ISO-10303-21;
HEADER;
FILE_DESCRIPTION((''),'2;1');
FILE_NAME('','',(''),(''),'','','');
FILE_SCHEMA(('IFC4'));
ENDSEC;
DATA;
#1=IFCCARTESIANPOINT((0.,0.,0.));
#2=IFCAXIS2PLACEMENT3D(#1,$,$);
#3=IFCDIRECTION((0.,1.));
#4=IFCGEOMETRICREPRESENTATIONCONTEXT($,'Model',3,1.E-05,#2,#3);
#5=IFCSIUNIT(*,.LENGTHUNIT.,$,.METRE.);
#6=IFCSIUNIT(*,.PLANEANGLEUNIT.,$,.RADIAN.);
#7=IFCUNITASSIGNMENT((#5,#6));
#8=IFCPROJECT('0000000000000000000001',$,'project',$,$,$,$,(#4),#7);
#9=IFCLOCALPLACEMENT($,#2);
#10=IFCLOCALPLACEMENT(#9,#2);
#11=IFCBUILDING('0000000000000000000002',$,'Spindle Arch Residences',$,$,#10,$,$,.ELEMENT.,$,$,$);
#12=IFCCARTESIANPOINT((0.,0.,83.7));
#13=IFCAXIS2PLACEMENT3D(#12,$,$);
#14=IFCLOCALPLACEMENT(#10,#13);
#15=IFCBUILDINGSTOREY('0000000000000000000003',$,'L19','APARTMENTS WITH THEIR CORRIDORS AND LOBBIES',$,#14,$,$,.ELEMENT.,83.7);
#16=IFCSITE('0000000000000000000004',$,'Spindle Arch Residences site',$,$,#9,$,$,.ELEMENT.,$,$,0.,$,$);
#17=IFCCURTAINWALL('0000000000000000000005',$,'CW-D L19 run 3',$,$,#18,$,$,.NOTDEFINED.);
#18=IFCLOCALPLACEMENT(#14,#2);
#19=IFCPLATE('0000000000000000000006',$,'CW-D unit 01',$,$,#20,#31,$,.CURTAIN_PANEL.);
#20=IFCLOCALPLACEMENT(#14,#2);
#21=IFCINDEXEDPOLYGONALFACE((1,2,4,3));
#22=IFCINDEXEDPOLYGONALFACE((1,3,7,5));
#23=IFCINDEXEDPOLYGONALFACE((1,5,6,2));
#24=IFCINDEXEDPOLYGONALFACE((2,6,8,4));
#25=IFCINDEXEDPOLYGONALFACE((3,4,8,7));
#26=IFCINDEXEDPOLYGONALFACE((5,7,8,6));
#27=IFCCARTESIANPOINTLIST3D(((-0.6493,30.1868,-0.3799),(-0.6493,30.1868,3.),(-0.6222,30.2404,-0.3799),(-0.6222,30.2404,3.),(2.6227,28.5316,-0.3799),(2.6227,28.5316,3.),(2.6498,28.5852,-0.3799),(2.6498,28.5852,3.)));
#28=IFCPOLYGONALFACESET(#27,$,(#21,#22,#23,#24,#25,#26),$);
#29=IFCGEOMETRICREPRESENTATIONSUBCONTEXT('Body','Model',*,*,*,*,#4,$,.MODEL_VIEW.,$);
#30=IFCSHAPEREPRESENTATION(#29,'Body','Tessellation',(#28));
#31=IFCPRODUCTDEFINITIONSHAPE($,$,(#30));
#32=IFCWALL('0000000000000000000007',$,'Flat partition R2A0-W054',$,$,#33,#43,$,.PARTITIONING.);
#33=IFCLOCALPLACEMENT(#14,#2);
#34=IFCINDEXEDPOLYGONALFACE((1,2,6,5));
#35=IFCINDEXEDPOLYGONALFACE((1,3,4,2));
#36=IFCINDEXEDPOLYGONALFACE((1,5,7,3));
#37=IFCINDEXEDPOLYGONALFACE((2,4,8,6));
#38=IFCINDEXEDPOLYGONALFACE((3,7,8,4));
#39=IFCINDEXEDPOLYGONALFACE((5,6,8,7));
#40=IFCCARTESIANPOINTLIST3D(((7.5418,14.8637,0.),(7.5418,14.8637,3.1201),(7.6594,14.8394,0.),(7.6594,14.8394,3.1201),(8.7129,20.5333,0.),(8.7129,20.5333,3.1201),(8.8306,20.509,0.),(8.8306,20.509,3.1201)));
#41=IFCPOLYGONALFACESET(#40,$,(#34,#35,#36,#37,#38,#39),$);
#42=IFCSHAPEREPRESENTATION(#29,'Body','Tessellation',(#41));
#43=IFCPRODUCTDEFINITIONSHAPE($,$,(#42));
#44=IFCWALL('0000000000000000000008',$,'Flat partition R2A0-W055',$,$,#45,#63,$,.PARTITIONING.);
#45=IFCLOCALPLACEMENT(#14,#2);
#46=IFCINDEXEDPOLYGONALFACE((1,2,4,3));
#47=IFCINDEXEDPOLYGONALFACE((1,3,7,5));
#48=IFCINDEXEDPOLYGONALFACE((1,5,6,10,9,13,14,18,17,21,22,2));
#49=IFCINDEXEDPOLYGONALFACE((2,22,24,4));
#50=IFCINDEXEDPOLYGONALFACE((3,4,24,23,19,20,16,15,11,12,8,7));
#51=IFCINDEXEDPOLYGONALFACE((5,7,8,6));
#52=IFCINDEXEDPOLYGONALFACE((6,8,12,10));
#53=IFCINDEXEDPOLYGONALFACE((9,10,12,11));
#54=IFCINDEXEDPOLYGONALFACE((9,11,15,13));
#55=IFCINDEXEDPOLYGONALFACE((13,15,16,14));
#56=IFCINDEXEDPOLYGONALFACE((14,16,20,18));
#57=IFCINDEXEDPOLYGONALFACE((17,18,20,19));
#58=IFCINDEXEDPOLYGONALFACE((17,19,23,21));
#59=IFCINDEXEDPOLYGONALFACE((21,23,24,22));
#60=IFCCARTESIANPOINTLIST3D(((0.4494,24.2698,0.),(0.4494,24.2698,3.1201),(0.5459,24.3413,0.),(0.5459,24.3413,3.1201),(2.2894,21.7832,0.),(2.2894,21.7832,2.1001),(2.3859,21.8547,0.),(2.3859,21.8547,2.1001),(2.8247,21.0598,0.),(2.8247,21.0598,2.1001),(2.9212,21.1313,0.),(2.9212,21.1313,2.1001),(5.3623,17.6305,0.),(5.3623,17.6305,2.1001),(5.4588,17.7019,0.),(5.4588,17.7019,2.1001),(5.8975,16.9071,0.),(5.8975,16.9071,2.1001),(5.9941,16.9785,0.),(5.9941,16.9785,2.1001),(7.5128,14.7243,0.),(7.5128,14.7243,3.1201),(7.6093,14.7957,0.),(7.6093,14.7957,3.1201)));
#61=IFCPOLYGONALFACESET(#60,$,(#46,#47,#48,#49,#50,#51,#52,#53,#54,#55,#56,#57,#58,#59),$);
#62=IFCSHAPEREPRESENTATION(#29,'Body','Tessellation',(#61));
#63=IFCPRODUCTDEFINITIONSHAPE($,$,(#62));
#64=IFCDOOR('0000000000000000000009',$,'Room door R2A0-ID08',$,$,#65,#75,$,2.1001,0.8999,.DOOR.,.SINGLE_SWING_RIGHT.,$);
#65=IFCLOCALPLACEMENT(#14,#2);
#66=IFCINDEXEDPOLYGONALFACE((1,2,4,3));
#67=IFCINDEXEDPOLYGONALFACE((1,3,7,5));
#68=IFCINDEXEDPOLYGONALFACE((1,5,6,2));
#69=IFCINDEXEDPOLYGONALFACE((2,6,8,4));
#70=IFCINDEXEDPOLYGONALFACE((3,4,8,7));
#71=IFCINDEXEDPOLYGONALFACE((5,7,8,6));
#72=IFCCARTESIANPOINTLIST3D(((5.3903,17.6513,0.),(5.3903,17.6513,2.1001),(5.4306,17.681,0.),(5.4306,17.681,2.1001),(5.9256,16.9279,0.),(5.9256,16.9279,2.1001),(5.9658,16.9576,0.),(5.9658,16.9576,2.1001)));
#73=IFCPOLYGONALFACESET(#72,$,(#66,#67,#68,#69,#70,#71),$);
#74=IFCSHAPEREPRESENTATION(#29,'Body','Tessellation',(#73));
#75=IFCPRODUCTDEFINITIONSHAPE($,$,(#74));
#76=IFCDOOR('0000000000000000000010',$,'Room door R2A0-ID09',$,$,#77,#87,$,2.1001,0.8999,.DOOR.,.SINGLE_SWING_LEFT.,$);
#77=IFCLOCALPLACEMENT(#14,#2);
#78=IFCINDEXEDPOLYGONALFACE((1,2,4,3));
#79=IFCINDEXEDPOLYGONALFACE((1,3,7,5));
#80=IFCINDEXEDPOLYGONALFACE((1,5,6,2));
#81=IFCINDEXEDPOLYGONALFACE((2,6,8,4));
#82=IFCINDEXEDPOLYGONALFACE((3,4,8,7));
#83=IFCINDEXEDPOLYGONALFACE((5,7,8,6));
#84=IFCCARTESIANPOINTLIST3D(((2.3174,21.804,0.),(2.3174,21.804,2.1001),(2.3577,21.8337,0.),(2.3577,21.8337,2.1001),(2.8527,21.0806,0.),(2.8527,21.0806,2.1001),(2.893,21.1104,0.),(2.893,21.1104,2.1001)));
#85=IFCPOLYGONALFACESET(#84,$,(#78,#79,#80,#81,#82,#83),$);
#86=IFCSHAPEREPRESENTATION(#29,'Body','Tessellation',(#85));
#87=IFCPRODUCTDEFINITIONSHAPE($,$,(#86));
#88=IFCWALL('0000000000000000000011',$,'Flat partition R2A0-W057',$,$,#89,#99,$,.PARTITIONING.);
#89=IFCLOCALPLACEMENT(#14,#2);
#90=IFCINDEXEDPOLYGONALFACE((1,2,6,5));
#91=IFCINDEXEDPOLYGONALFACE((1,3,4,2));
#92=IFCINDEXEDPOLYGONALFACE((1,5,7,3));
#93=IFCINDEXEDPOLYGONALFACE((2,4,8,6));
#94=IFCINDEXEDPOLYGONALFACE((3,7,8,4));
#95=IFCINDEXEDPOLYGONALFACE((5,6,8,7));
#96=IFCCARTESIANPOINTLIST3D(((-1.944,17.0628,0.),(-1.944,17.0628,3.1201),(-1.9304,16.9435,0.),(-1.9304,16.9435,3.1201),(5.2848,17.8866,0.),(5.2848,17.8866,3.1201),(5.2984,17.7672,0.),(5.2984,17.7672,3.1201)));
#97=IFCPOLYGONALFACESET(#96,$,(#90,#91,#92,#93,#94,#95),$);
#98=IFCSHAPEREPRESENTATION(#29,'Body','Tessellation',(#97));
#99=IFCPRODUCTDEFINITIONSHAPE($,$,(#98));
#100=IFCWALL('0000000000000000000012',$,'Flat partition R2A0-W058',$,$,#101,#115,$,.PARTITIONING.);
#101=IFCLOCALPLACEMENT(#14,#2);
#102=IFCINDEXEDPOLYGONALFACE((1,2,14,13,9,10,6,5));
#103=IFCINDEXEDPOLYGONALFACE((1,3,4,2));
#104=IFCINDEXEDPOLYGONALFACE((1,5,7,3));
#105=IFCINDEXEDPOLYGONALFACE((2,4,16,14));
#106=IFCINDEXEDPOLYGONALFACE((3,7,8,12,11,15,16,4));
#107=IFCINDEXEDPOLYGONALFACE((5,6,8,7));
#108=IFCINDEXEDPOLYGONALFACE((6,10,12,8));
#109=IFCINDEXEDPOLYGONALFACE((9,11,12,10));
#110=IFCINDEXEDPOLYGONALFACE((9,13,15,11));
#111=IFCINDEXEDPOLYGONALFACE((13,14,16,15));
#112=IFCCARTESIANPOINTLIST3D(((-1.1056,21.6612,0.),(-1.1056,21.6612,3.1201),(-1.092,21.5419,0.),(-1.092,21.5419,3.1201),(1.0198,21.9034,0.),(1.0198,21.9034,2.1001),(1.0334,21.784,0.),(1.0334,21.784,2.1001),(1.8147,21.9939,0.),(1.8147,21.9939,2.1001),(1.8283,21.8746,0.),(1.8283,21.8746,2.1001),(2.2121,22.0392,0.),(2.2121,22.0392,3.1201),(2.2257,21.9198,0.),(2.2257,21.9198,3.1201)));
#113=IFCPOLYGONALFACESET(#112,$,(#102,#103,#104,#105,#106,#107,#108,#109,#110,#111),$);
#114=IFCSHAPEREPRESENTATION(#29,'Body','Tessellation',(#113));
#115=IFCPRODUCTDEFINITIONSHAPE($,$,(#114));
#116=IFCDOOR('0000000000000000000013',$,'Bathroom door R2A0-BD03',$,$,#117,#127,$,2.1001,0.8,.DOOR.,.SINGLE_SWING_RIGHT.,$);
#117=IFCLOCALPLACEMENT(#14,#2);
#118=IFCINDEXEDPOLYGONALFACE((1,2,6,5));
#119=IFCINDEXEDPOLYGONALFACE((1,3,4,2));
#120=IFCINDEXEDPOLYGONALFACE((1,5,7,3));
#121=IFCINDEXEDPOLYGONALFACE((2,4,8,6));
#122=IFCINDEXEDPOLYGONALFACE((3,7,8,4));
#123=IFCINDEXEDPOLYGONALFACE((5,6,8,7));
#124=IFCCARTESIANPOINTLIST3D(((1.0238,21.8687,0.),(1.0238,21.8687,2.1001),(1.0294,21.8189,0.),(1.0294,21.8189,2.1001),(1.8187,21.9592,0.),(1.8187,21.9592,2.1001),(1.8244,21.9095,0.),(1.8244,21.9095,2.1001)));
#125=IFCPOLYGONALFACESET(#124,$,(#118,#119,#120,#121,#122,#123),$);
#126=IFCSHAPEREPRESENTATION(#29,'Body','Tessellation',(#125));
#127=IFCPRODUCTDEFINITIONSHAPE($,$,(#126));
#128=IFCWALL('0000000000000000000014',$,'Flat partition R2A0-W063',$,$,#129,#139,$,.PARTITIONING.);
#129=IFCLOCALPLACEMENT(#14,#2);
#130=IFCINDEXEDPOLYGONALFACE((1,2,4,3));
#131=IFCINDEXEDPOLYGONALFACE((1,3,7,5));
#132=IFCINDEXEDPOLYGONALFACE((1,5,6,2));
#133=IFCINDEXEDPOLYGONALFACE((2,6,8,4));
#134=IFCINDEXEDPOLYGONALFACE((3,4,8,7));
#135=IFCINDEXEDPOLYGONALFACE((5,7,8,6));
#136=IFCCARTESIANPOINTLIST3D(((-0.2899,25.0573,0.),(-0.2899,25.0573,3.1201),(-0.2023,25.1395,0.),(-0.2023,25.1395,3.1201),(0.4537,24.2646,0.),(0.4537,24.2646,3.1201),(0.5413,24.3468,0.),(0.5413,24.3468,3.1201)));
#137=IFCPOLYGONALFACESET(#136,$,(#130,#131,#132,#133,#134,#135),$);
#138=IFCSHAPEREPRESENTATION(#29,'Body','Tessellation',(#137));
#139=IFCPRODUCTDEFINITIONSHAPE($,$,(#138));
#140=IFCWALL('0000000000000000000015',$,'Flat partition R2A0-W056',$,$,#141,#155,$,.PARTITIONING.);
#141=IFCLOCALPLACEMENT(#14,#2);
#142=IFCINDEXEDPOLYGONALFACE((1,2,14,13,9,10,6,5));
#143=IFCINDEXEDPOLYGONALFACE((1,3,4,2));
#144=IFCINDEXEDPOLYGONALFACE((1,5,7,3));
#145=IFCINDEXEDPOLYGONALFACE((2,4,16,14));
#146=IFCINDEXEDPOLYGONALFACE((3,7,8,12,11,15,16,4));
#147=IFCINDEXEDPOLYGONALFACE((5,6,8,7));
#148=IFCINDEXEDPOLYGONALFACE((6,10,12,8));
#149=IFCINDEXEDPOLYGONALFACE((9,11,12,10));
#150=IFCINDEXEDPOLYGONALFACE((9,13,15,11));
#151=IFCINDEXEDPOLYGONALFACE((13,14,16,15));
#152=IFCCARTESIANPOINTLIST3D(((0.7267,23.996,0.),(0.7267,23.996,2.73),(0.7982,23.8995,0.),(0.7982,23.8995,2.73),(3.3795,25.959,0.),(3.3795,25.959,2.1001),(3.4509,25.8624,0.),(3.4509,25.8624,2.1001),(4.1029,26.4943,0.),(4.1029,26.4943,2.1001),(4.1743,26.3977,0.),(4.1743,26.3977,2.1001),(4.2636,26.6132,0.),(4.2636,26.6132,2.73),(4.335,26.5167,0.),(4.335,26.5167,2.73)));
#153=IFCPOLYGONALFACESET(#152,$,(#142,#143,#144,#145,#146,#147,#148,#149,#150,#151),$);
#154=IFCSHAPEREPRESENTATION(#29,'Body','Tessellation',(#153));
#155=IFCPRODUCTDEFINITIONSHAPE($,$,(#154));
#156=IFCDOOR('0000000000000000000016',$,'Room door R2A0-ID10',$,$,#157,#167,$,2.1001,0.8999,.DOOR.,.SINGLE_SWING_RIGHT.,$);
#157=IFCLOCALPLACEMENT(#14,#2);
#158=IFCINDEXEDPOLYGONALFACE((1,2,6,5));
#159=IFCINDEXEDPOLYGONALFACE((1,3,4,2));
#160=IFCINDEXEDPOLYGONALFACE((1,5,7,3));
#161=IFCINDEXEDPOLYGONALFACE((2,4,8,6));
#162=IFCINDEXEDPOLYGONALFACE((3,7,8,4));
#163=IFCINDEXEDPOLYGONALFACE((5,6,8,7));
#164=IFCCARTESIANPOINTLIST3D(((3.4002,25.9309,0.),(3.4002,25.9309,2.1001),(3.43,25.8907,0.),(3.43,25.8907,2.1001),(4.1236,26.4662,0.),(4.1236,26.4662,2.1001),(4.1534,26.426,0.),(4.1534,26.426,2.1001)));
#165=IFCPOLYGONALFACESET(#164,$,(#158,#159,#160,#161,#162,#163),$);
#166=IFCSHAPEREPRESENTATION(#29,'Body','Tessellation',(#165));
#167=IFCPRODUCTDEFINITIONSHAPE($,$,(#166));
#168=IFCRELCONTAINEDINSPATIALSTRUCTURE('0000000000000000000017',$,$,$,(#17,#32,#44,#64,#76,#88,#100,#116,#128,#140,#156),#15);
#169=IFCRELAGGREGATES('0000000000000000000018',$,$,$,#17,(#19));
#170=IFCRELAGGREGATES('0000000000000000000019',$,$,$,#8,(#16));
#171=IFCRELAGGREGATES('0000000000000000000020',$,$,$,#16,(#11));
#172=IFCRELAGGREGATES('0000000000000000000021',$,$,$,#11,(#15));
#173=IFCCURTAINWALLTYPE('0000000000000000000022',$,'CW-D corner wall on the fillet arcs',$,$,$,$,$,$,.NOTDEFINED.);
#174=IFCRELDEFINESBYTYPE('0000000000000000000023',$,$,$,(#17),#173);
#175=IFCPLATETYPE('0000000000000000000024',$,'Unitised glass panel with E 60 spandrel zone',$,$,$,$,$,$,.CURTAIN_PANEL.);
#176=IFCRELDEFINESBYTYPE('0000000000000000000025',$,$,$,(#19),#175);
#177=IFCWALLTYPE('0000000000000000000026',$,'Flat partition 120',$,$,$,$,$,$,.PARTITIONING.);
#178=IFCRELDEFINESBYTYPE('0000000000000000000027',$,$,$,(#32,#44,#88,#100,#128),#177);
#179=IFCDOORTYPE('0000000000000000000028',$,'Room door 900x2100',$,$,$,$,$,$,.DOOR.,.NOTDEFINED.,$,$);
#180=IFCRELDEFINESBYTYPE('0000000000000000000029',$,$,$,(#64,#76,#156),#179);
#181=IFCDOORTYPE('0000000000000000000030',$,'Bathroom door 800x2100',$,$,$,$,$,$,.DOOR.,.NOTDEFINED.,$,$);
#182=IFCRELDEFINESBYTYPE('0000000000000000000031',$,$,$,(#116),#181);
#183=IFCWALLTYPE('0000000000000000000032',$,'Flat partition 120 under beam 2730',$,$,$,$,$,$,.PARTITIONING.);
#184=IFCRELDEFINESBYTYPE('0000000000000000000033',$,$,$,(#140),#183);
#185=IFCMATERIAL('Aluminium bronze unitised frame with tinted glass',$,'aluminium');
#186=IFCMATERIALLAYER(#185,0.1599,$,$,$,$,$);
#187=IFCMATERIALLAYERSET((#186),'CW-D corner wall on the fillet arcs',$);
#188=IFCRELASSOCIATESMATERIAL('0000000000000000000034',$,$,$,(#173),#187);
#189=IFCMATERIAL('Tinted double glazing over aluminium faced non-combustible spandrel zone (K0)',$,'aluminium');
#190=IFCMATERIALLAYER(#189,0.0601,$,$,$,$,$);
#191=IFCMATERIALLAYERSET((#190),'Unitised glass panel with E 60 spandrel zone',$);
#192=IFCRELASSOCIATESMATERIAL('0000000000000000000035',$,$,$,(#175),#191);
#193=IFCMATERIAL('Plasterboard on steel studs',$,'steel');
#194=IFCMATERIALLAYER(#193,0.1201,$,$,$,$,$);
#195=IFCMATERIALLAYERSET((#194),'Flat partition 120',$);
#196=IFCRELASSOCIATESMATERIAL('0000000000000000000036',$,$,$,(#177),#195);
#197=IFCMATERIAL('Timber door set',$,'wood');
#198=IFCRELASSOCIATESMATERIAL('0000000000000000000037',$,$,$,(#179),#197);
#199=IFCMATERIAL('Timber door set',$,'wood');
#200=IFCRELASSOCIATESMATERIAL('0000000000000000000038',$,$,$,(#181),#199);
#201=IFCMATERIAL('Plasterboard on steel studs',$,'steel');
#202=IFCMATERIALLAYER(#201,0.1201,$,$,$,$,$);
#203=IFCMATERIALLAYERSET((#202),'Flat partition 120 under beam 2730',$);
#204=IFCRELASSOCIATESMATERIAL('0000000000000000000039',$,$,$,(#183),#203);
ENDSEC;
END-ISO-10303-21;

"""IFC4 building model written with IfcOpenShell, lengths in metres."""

from ifc_helpers import new_model, si_unit, direction, frame, frame_2d, origin, origin_2d, place, context, subcontext, project, spatial, rectangle, extrude, material, layer, layer_set, type_object, element, fill, aggregate, save


model = new_model("IFC4")

# Units and contexts
model_context = context("Model", 3, precision=1e-05, world=origin(), true_north=direction((0.0, 1.0)))
body_context = subcontext(model_context, "Body", "Model", "MODEL_VIEW")
ifc_project = project(units=[si_unit("LENGTHUNIT", "METRE"), si_unit("PLANEANGLEUNIT", "RADIAN")], contexts=[model_context])

# Site, building, storey
site_placement = place(None, origin())
site = spatial("IfcSite", under=ifc_project, at=site_placement, Name="Spindle Arch Residences site", CompositionType="ELEMENT", RefElevation=0.0)
building_placement = place(site_placement, origin())
building = spatial("IfcBuilding", under=site, at=building_placement, Name="Spindle Arch Residences", CompositionType="ELEMENT")
storey_placement = place(building_placement, frame((0.0, 0.0, 83.7)))
storey = spatial("IfcBuildingStorey", under=building, at=storey_placement, Name="L19", Description="APARTMENTS WITH THEIR CORRIDORS AND LOBBIES", CompositionType="ELEMENT", Elevation=83.7)

# Curtain wall
ifc_material_1 = material(Name="Aluminium bronze unitised frame with tinted glass", Category="aluminium")
ifc_layer_1 = layer(ifc_material_1, 0.1599)
ifc_layer_set_1 = layer_set([ifc_layer_1], Name="CW-D corner wall on the fillet arcs")
curtain_wall_type_1 = type_object("IfcCurtainWallType", Name="CW-D corner wall on the fillet arcs", PredefinedType="NOTDEFINED", material=ifc_layer_set_1)
curtain_wall_1_placement = place(storey_placement, origin())
curtain_wall_1 = element("IfcCurtainWall", 1, at=curtain_wall_1_placement, inside=storey, type_object=curtain_wall_type_1, Name="CW-D L19 run 3", PredefinedType="NOTDEFINED")

# Plate
ifc_material_2 = material(Name="Tinted double glazing over aluminium faced non-combustible spandrel zone (K0)", Category="aluminium")
ifc_layer_2 = layer(ifc_material_2, 0.0601)
ifc_layer_set_2 = layer_set([ifc_layer_2], Name="Unitised glass panel with E 60 spandrel zone")
plate_type = type_object("IfcPlateType", Name="Unitised glass panel with E 60 spandrel zone", PredefinedType="CURTAIN_PANEL", material=ifc_layer_set_2)
plate_1_placement = place(storey_placement, frame((1.0002, 29.386, -0.3799), z_axis=(0.0, 0.0, 1.0), x_axis=(-0.892323, 0.451397, 0.0)))
plate_1 = element("IfcPlate", 2, at=plate_1_placement, type_object=plate_type, Name="CW-D unit 01", PredefinedType="CURTAIN_PANEL", context=body_context, shape_type="SweptSolid", body=[
    extrude(rectangle(XDim=3.6667, YDim=0.0601, at=origin_2d()), origin(), (0.0, 0.0, 1.0), 3.3799),
])
aggregate(curtain_wall_1, [plate_1])

# Wall
ifc_material_3 = material(Name="Plasterboard on steel studs", Category="steel")
ifc_layer_3 = layer(ifc_material_3, 0.1201)
ifc_layer_set_3 = layer_set([ifc_layer_3], Name="Flat partition 120")
wall_type_1 = type_object("IfcWallType", Name="Flat partition 120", PredefinedType="PARTITIONING", material=ifc_layer_set_3)
wall_1_placement = place(storey_placement, frame((8.7717, 20.521, 0.0), z_axis=(0.0, 0.0, 1.0), x_axis=(-0.202292, -0.979325, 0.0)))
element("IfcWall", 3, at=wall_1_placement, inside=storey, type_object=wall_type_1, Name="Flat partition R2A0-W054", PredefinedType="PARTITIONING", context=body_context, shape_type="SweptSolid", body=[
    extrude(rectangle(XDim=5.7893, YDim=0.1201, at=frame_2d((2.8945, 0.0))), origin(), (0.0, 0.0, 1.0), 3.1201),
])

# Wall, openings, doors
wall_2_placement = place(storey_placement, frame((0.4976, 24.3057, 0.0), z_axis=(0.0, 0.0, 1.0), x_axis=(0.594826, -0.803854, 0.0)))
wall_2 = element("IfcWall", 4, at=wall_2_placement, inside=storey, type_object=wall_type_1, Name="Flat partition R2A0-W055", PredefinedType="PARTITIONING", context=body_context, shape_type="SweptSolid", body=[
    extrude(rectangle(XDim=11.8748, YDim=0.1201, at=frame_2d((5.9375, 0.0))), origin(), (0.0, 0.0, 1.0), 3.1201),
])
opening_1_placement = place(wall_2_placement, frame((8.2595, 0.0, 0.0)))
opening_1 = element("IfcOpeningElement", 5, at=opening_1_placement, cuts=wall_2, PredefinedType="OPENING", context=body_context, shape_type="SweptSolid", body=[
    extrude(rectangle(XDim=0.8999, YDim=2.1001, at=frame_2d((0.45, 1.05))), frame((0.0, 0.0701, 0.0), z_axis=(0.0, -1.0, 0.0), x_axis=(1.0, 0.0, 0.0)), (0.0, 0.0, 1.0), 0.1401),
])
opening_2_placement = place(wall_2_placement, frame((3.0935, 0.0, 0.0)))
opening_2 = element("IfcOpeningElement", 6, at=opening_2_placement, cuts=wall_2, PredefinedType="OPENING", context=body_context, shape_type="SweptSolid", body=[
    extrude(rectangle(XDim=0.8999, YDim=2.1001, at=frame_2d((0.45, 1.05))), frame((0.0, 0.0701, 0.0), z_axis=(0.0, -1.0, 0.0), x_axis=(1.0, 0.0, 0.0)), (0.0, 0.0, 1.0), 0.1401),
])
ifc_material_4 = material(Name="Timber door set", Category="wood")
door_type_1 = type_object("IfcDoorType", Name="Room door 900x2100", OperationType="NOTDEFINED", PredefinedType="DOOR", material=ifc_material_4)
door_1_placement = place(opening_1_placement, origin())
door_1 = element("IfcDoor", 7, at=door_1_placement, inside=storey, type_object=door_type_1, Name="Room door R2A0-ID08", OperationType="SINGLE_SWING_RIGHT", OverallHeight=2.1001, OverallWidth=0.8999, PredefinedType="DOOR", context=body_context, shape_type="SweptSolid", body=[
    extrude(rectangle(XDim=0.8999, YDim=2.1001, at=frame_2d((0.45, 1.05))), frame((0.0, 0.0249, 0.0), z_axis=(0.0, -1.0, 0.0), x_axis=(1.0, 0.0, 0.0)), (0.0, 0.0, 1.0), 0.05),
])
fill(opening_1, door_1)
door_2_placement = place(opening_2_placement, origin())
door_2 = element("IfcDoor", 8, at=door_2_placement, inside=storey, type_object=door_type_1, Name="Room door R2A0-ID09", OperationType="SINGLE_SWING_LEFT", OverallHeight=2.1001, OverallWidth=0.8999, PredefinedType="DOOR", context=body_context, shape_type="SweptSolid", body=[
    extrude(rectangle(XDim=0.8999, YDim=2.1001, at=frame_2d((0.45, 1.05))), frame((0.0, 0.0249, 0.0), z_axis=(0.0, -1.0, 0.0), x_axis=(1.0, 0.0, 0.0)), (0.0, 0.0, 1.0), 0.05),
])
fill(opening_2, door_2)

# Wall
wall_3_placement = place(storey_placement, frame((5.2915, 17.8269, 0.0), z_axis=(0.0, 0.0, 1.0), x_axis=(-0.99357, -0.113219, 0.0)))
element("IfcWall", 9, at=wall_3_placement, inside=storey, type_object=wall_type_1, Name="Flat partition R2A0-W057", PredefinedType="PARTITIONING", context=body_context, shape_type="SweptSolid", body=[
    extrude(rectangle(XDim=7.2756, YDim=0.1201, at=frame_2d((3.6377, 0.0))), origin(), (0.0, 0.0, 1.0), 3.1201),
])

# Wall, opening, door
wall_4_placement = place(storey_placement, frame((2.2188, 21.9795, 0.0), z_axis=(0.0, 0.0, 1.0), x_axis=(-0.993574, -0.113184, 0.0)))
wall_4 = element("IfcWall", 10, at=wall_4_placement, inside=storey, type_object=wall_type_1, Name="Flat partition R2A0-W058", PredefinedType="PARTITIONING", context=body_context, shape_type="SweptSolid", body=[
    extrude(rectangle(XDim=3.3391, YDim=0.1201, at=frame_2d((1.6694, 0.0))), origin(), (0.0, 0.0, 1.0), 3.1201),
])
opening_3_placement = place(wall_4_placement, frame((0.3999, 0.0, 0.0)))
opening_3 = element("IfcOpeningElement", 11, at=opening_3_placement, cuts=wall_4, PredefinedType="OPENING", context=body_context, shape_type="SweptSolid", body=[
    extrude(rectangle(XDim=0.8, YDim=2.1001, at=frame_2d((0.3999, 1.05))), frame((0.0, 0.0701, 0.0), z_axis=(0.0, -1.0, 0.0), x_axis=(1.0, 0.0, 0.0)), (0.0, 0.0, 1.0), 0.1401),
])
ifc_material_5 = material(Name="Timber door set", Category="wood")
door_type_2 = type_object("IfcDoorType", Name="Bathroom door 800x2100", OperationType="NOTDEFINED", PredefinedType="DOOR", material=ifc_material_5)
door_3_placement = place(opening_3_placement, origin())
door_3 = element("IfcDoor", 12, at=door_3_placement, inside=storey, type_object=door_type_2, Name="Bathroom door R2A0-BD03", OperationType="SINGLE_SWING_RIGHT", OverallHeight=2.1001, OverallWidth=0.8, PredefinedType="DOOR", context=body_context, shape_type="SweptSolid", body=[
    extrude(rectangle(XDim=0.8, YDim=2.1001, at=frame_2d((0.3999, 1.05))), frame((0.0, 0.0249, 0.0), z_axis=(0.0, -1.0, 0.0), x_axis=(1.0, 0.0, 0.0)), (0.0, 0.0, 1.0), 0.05),
])
fill(opening_3, door_3)

# Wall
wall_5_placement = place(storey_placement, frame((-0.2461, 25.0984, 0.0), z_axis=(0.0, 0.0, 1.0), x_axis=(0.684173, -0.72932, 0.0)))
element("IfcWall", 13, at=wall_5_placement, inside=storey, type_object=wall_type_1, Name="Flat partition R2A0-W063", PredefinedType="PARTITIONING", context=body_context, shape_type="SweptSolid", body=[
    extrude(rectangle(XDim=1.0869, YDim=0.1201, at=frame_2d((0.5435, 0.0))), origin(), (0.0, 0.0, 1.0), 3.1201),
])

# Wall, opening, door
ifc_material_6 = material(Name="Plasterboard on steel studs", Category="steel")
ifc_layer_4 = layer(ifc_material_6, 0.1201)
ifc_layer_set_4 = layer_set([ifc_layer_4], Name="Flat partition 120 under beam 2730")
wall_type_2 = type_object("IfcWallType", Name="Flat partition 120 under beam 2730", PredefinedType="PARTITIONING", material=ifc_layer_set_4)
wall_6_placement = place(storey_placement, frame((4.2993, 26.5649, 0.0), z_axis=(0.0, 0.0, 1.0), x_axis=(-0.803852, -0.594829, 0.0)))
wall_6 = element("IfcWall", 14, at=wall_6_placement, inside=storey, type_object=wall_type_2, Name="Flat partition R2A0-W056", PredefinedType="PARTITIONING", context=body_context, shape_type="SweptSolid", body=[
    extrude(rectangle(XDim=4.3999, YDim=0.1201, at=frame_2d((2.2, 0.0))), origin(), (0.0, 0.0, 1.0), 2.73),
])
opening_4_placement = place(wall_6_placement, frame((0.2, 0.0, 0.0)))
opening_4 = element("IfcOpeningElement", 15, at=opening_4_placement, cuts=wall_6, PredefinedType="OPENING", context=body_context, shape_type="SweptSolid", body=[
    extrude(rectangle(XDim=0.8999, YDim=2.1001, at=frame_2d((0.45, 1.05))), frame((0.0, 0.0701, 0.0), z_axis=(0.0, -1.0, 0.0), x_axis=(1.0, 0.0, 0.0)), (0.0, 0.0, 1.0), 0.1401),
])
door_4_placement = place(opening_4_placement, origin())
door_4 = element("IfcDoor", 16, at=door_4_placement, inside=storey, type_object=door_type_1, Name="Room door R2A0-ID10", OperationType="SINGLE_SWING_RIGHT", OverallHeight=2.1001, OverallWidth=0.8999, PredefinedType="DOOR", context=body_context, shape_type="SweptSolid", body=[
    extrude(rectangle(XDim=0.8999, YDim=2.1001, at=frame_2d((0.45, 1.05))), frame((0.0, 0.0249, 0.0), z_axis=(0.0, -1.0, 0.0), x_axis=(1.0, 0.0, 0.0)), (0.0, 0.0, 1.0), 0.05),
])
fill(opening_4, door_4)

save(model, "model.ifc")
